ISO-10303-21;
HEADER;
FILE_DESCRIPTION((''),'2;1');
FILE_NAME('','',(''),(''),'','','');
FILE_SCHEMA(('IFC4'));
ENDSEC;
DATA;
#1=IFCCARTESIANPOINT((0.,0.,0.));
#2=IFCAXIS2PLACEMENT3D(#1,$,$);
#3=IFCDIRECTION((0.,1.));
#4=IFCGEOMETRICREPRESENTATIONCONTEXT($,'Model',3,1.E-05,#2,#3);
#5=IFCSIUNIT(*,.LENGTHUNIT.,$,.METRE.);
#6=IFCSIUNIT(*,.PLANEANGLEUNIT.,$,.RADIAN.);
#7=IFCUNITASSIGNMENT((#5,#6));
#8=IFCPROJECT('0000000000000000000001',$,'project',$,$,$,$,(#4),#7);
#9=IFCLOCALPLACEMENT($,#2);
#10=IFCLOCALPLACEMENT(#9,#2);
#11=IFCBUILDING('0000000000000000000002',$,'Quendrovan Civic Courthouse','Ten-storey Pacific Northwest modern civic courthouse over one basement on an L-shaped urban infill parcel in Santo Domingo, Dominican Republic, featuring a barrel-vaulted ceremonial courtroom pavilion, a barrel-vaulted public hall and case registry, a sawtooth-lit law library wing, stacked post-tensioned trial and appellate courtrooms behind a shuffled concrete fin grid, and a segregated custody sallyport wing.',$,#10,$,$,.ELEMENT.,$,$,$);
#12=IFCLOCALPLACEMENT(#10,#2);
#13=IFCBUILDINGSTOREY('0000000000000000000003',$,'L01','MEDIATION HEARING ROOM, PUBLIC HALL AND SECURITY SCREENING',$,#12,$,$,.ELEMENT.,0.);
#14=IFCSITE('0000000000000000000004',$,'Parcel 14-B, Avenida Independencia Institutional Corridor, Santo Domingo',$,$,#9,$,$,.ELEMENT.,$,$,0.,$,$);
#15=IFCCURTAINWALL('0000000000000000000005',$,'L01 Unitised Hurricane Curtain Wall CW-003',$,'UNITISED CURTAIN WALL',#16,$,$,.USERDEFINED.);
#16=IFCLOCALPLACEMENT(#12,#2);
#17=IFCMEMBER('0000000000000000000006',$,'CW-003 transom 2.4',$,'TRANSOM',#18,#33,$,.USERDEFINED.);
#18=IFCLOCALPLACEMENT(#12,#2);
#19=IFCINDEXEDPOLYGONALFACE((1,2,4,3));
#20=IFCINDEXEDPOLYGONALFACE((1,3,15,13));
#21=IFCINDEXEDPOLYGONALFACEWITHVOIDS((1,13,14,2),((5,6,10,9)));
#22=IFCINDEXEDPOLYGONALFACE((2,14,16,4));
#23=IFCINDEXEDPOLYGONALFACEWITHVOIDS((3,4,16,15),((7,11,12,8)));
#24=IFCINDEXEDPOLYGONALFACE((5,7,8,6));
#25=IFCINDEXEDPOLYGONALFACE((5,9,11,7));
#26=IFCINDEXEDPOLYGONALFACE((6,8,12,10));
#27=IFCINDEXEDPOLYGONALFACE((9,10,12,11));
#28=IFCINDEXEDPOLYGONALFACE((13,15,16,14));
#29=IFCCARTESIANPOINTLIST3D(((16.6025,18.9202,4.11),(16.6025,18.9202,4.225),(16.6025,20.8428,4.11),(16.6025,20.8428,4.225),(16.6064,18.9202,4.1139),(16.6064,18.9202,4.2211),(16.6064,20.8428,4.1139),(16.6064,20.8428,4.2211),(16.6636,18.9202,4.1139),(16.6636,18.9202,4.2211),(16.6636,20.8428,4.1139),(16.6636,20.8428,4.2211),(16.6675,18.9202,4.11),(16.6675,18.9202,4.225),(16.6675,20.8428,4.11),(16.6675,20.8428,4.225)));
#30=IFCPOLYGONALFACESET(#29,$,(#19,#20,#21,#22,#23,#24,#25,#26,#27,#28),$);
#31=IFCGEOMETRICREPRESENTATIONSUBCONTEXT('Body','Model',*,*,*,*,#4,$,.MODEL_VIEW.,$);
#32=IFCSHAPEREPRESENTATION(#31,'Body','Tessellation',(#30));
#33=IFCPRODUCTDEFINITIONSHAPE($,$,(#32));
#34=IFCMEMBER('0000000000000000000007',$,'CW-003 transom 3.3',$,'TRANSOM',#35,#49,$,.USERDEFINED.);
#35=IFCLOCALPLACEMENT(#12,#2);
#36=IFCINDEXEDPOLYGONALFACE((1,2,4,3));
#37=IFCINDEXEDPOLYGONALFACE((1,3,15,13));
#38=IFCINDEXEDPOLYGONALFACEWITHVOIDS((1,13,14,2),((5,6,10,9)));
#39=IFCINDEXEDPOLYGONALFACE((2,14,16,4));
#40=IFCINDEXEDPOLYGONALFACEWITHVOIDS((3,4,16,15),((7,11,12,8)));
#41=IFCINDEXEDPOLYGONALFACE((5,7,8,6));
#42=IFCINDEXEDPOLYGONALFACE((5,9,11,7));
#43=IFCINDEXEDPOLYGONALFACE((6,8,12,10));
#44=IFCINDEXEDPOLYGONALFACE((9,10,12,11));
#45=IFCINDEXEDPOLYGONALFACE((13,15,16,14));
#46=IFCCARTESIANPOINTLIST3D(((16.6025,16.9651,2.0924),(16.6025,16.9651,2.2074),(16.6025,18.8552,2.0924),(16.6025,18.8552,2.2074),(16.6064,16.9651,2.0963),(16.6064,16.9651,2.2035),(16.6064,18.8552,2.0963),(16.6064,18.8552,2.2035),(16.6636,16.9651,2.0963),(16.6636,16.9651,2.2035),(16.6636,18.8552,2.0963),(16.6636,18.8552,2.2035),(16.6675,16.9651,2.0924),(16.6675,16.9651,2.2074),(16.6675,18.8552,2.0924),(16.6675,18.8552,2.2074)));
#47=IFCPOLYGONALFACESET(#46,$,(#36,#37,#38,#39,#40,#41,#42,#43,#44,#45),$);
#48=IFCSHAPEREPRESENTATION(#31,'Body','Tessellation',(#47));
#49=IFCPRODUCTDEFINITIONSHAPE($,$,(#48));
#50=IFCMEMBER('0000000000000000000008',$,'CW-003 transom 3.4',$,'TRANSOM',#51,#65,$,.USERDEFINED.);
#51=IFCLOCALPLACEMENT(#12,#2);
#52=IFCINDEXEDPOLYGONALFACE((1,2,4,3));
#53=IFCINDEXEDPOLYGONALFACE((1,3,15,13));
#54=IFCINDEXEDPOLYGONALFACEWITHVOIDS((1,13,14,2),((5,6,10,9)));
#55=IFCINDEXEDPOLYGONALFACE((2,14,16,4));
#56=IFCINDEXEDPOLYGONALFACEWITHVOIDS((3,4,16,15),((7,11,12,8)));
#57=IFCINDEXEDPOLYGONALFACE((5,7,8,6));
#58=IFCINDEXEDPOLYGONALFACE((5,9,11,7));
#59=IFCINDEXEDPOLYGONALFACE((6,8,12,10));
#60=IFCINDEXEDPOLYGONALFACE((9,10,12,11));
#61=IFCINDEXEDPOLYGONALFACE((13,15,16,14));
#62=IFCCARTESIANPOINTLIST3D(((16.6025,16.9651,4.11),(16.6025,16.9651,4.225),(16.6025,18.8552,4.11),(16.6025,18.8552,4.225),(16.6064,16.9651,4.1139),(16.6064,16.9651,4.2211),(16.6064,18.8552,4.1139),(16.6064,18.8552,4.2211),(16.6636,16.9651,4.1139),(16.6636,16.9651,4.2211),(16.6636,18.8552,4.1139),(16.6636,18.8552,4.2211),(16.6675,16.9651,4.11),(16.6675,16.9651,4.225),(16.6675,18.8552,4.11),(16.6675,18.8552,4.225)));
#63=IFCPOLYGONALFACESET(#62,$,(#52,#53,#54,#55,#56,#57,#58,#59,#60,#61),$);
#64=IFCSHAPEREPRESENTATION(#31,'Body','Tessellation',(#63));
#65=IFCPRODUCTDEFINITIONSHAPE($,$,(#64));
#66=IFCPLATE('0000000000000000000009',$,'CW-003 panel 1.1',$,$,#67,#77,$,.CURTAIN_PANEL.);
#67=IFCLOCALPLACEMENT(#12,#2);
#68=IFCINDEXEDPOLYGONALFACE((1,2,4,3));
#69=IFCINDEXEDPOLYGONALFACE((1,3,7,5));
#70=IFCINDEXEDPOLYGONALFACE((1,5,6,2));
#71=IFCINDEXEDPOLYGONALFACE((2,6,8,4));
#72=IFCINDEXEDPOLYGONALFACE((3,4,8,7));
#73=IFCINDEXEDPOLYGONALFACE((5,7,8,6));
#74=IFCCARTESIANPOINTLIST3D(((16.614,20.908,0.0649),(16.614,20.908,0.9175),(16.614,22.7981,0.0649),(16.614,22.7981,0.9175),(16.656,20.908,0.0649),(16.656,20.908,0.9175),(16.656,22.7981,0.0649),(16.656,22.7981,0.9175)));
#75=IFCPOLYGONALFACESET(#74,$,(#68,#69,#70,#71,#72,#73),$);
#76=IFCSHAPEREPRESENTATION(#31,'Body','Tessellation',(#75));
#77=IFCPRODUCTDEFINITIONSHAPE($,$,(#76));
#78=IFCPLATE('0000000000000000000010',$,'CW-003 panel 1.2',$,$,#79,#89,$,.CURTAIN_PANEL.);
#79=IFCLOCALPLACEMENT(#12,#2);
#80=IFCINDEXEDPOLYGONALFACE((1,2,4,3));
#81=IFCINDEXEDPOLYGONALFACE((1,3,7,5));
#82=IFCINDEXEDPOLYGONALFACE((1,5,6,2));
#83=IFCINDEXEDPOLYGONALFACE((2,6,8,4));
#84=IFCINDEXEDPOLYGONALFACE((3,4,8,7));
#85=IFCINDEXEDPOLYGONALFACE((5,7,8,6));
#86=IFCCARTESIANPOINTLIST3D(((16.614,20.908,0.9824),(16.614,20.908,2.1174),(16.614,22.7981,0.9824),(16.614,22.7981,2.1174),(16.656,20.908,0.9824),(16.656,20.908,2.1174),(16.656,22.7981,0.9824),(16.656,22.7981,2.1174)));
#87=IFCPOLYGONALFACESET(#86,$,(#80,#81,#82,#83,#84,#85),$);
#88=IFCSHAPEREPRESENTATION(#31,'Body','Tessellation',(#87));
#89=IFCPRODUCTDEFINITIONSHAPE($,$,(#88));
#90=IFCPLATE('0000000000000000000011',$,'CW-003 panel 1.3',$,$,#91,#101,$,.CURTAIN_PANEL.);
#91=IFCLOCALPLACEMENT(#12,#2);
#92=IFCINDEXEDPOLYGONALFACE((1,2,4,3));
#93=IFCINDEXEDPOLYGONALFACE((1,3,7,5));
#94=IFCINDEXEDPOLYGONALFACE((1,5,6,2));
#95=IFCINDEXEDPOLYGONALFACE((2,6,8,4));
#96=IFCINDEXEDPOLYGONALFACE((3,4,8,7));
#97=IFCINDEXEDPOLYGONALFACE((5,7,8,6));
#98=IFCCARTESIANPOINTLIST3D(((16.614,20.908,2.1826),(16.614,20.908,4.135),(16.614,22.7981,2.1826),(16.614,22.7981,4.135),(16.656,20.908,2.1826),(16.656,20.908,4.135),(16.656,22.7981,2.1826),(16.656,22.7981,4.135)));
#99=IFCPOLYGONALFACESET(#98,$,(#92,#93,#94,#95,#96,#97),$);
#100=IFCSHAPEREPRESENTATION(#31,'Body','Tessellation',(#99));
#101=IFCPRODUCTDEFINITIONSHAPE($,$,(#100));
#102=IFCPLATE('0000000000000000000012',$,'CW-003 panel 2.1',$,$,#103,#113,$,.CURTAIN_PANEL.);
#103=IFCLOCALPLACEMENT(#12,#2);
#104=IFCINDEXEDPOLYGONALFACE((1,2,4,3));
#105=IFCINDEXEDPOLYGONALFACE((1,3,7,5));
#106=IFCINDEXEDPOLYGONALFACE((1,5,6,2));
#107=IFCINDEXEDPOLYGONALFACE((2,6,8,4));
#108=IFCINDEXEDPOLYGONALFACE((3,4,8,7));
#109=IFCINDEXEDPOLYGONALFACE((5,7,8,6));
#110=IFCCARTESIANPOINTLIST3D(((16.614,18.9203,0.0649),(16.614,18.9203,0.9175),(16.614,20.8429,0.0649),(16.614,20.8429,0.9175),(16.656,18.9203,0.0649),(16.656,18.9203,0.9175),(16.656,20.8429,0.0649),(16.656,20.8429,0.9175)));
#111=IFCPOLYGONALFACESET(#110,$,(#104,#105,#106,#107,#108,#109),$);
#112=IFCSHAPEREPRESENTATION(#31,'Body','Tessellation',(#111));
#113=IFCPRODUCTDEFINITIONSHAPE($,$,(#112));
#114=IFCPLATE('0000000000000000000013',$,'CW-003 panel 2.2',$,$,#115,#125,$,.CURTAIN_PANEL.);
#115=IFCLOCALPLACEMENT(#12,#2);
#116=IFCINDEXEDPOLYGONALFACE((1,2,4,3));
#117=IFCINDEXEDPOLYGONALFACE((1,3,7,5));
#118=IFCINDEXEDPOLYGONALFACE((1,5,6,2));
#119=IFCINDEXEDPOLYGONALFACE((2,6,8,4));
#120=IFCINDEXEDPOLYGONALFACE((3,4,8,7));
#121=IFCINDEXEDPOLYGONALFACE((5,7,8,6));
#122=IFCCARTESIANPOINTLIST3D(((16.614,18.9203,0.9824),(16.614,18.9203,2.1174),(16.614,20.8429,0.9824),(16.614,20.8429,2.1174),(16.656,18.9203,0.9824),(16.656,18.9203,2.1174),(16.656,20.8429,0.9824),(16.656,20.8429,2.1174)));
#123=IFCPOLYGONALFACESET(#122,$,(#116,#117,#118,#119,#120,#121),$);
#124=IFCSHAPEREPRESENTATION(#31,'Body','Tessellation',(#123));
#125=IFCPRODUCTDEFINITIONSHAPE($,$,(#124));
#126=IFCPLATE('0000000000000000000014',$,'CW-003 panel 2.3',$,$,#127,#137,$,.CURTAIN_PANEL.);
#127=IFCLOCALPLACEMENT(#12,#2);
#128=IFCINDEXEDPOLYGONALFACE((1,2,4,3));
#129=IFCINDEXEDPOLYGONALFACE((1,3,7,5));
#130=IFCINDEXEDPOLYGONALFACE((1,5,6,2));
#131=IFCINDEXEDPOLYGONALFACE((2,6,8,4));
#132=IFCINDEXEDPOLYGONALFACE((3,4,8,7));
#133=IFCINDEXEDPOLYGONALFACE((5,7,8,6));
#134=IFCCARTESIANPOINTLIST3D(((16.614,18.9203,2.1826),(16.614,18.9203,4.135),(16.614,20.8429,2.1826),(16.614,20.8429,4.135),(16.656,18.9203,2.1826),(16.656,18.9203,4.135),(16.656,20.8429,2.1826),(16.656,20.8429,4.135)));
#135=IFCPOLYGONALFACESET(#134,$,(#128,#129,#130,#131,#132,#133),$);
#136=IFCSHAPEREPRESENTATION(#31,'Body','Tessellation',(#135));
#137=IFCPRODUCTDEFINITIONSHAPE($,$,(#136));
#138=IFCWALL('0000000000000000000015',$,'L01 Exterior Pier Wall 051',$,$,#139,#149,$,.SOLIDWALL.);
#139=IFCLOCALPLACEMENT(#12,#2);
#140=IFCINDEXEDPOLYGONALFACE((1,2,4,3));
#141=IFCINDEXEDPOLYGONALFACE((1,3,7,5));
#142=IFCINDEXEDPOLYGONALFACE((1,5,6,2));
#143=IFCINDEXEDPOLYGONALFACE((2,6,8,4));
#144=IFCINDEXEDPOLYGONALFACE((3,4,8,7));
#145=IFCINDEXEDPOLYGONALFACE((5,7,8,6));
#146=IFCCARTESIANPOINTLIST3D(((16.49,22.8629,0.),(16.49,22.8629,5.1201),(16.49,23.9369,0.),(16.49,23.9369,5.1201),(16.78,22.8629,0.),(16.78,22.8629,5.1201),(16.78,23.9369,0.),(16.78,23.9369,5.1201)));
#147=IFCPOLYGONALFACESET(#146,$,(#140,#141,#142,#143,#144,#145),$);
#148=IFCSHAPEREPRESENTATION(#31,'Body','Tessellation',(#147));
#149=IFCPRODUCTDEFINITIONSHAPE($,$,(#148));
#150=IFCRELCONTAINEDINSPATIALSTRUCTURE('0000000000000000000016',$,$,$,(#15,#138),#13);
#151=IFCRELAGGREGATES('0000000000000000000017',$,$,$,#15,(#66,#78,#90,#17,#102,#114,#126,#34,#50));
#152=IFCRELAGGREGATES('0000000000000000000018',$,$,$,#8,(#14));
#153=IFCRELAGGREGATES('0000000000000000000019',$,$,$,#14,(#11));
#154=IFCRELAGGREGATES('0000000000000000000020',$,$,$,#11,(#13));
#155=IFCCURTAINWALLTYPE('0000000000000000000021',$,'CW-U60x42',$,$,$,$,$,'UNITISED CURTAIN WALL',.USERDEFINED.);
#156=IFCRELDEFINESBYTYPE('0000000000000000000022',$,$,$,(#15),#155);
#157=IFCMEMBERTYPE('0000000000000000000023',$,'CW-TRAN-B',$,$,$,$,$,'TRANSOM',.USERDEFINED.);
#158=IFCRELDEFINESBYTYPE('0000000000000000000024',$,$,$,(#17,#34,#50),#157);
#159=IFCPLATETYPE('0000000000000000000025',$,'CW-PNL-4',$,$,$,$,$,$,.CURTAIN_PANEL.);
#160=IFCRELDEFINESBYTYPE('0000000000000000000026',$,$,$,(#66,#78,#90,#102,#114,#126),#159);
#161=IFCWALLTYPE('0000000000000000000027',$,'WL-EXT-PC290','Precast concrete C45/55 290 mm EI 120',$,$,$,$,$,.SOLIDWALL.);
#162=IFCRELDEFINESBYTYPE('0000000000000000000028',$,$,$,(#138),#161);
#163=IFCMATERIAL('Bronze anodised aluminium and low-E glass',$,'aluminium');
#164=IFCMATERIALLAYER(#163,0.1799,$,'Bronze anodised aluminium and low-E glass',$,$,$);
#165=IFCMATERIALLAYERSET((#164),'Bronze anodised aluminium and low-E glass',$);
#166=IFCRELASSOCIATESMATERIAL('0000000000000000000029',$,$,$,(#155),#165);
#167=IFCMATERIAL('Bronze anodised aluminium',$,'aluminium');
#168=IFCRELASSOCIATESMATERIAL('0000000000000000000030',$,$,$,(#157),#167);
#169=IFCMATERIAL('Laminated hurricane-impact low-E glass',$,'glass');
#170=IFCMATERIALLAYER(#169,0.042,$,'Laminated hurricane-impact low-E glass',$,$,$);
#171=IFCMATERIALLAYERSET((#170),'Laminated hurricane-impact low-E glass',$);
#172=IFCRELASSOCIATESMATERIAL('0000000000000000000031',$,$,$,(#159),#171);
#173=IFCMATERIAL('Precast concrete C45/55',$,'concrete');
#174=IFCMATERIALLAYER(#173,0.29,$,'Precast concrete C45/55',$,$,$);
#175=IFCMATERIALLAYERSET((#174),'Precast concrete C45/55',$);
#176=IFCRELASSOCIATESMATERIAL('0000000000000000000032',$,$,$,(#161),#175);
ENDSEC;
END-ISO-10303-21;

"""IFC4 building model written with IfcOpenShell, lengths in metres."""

from ifc_helpers import new_model, si_unit, direction, frame, frame_2d, origin, origin_2d, place, context, subcontext, project, spatial, rectangle, hollow_rectangle, extrude, material, layer, layer_set, material_profile, profile_set, type_object, element, aggregate, save


model = new_model("IFC4")

# Units and contexts
model_context = context("Model", 3, precision=1e-05, world=origin(), true_north=direction((0.0, 1.0)))
body_context = subcontext(model_context, "Body", "Model", "MODEL_VIEW")
ifc_project = project(units=[si_unit("LENGTHUNIT", "METRE"), si_unit("PLANEANGLEUNIT", "RADIAN")], contexts=[model_context])

# Site, building, storey
site_placement = place(None, origin())
site = spatial("IfcSite", under=ifc_project, at=site_placement, Name="Parcel 14-B, Avenida Independencia Institutional Corridor, Santo Domingo", CompositionType="ELEMENT", RefElevation=0.0)
building_placement = place(site_placement, origin())
building = spatial("IfcBuilding", under=site, at=building_placement, Name="Quendrovan Civic Courthouse", Description="Ten-storey Pacific Northwest modern civic courthouse over one basement on an L-shaped urban infill parcel in Santo Domingo, Dominican Republic, featuring a barrel-vaulted ceremonial courtroom pavilion, a barrel-vaulted public hall and case registry, a sawtooth-lit law library wing, stacked post-tensioned trial and appellate courtrooms behind a shuffled concrete fin grid, and a segregated custody sallyport wing.", CompositionType="ELEMENT")
storey_placement = place(building_placement, origin())
storey = spatial("IfcBuildingStorey", under=building, at=storey_placement, Name="L01", Description="MEDIATION HEARING ROOM, PUBLIC HALL AND SECURITY SCREENING", CompositionType="ELEMENT", Elevation=0.0)

# Shared definitions
ifc_material_1 = material(Name="Bronze anodised aluminium and low-E glass", Category="aluminium")
ifc_material_2 = material(Name="Bronze anodised aluminium", Category="aluminium")

# Curtain wall, members, plates
ifc_layer_1 = layer(ifc_material_1, 0.1799, Name="Bronze anodised aluminium and low-E glass")
ifc_layer_set_1 = layer_set([ifc_layer_1], Name="Bronze anodised aluminium and low-E glass")
curtain_wall_type_1 = type_object("IfcCurtainWallType", Name="CW-U60x42", ElementType="UNITISED CURTAIN WALL", PredefinedType="USERDEFINED", material=ifc_layer_set_1)
curtain_wall_1_placement = place(storey_placement, origin())
curtain_wall_1 = element("IfcCurtainWall", 1, at=curtain_wall_1_placement, inside=storey, type_object=curtain_wall_type_1, Name="L01 Unitised Hurricane Curtain Wall CW-003", ObjectType="UNITISED CURTAIN WALL", PredefinedType="USERDEFINED")
ifc_material_profile_1 = material_profile(ifc_material_2, hollow_rectangle(XDim=0.0649, YDim=0.115, WallThickness=0.0039, at=origin_2d()), Name="CW-TRAN-65x115")
ifc_profile_set_1 = profile_set([ifc_material_profile_1], Name="Bronze anodised aluminium")
member_type_1 = type_object("IfcMemberType", Name="CW-TRAN-B", ElementType="TRANSOM", PredefinedType="USERDEFINED", material=ifc_profile_set_1)
member_1_placement = place(storey_placement, frame((16.635, 20.8428, 4.1675), z_axis=(0.0, -1.0, 0.0), x_axis=(1.0, 0.0, 0.0)))
member_1 = element("IfcMember", 2, at=member_1_placement, type_object=member_type_1, Name="CW-003 transom 2.4", ObjectType="TRANSOM", PredefinedType="USERDEFINED", context=body_context, shape_type="SweptSolid", body=[
    extrude(hollow_rectangle(XDim=0.0649, YDim=0.115, WallThickness=0.0039, at=origin_2d()), origin(), (0.0, 0.0, 1.0), 1.9226),
])
member_2_placement = place(storey_placement, frame((16.635, 18.8552, 2.1499), z_axis=(0.0, -1.0, 0.0), x_axis=(1.0, 0.0, 0.0)))
member_2 = element("IfcMember", 3, at=member_2_placement, type_object=member_type_1, Name="CW-003 transom 3.3", ObjectType="TRANSOM", PredefinedType="USERDEFINED", context=body_context, shape_type="SweptSolid", body=[
    extrude(hollow_rectangle(XDim=0.0649, YDim=0.115, WallThickness=0.0039, at=origin_2d()), origin(), (0.0, 0.0, 1.0), 1.8901),
])
member_3_placement = place(storey_placement, frame((16.635, 18.8552, 4.1675), z_axis=(0.0, -1.0, 0.0), x_axis=(1.0, 0.0, 0.0)))
member_3 = element("IfcMember", 4, at=member_3_placement, type_object=member_type_1, Name="CW-003 transom 3.4", ObjectType="TRANSOM", PredefinedType="USERDEFINED", context=body_context, shape_type="SweptSolid", body=[
    extrude(hollow_rectangle(XDim=0.0649, YDim=0.115, WallThickness=0.0039, at=origin_2d()), origin(), (0.0, 0.0, 1.0), 1.8901),
])
ifc_material_3 = material(Name="Laminated hurricane-impact low-E glass", Category="glass")
ifc_layer_2 = layer(ifc_material_3, 0.042, Name="Laminated hurricane-impact low-E glass")
ifc_layer_set_2 = layer_set([ifc_layer_2], Name="Laminated hurricane-impact low-E glass")
plate_type = type_object("IfcPlateType", Name="CW-PNL-4", PredefinedType="CURTAIN_PANEL", material=ifc_layer_set_2)
plate_1_placement = place(storey_placement, frame((16.635, 21.853, 0.0649), z_axis=(0.0, 0.0, 1.0), x_axis=(0.0, -1.0, 0.0)))
plate_1 = element("IfcPlate", 5, at=plate_1_placement, type_object=plate_type, Name="CW-003 panel 1.1", PredefinedType="CURTAIN_PANEL", context=body_context, shape_type="SweptSolid", body=[
    extrude(rectangle(XDim=1.8901, YDim=0.042, at=origin_2d()), origin(), (0.0, 0.0, 1.0), 0.8525),
])
plate_2_placement = place(storey_placement, frame((16.635, 21.853, 0.9824), z_axis=(0.0, 0.0, 1.0), x_axis=(0.0, -1.0, 0.0)))
plate_2 = element("IfcPlate", 6, at=plate_2_placement, type_object=plate_type, Name="CW-003 panel 1.2", PredefinedType="CURTAIN_PANEL", context=body_context, shape_type="SweptSolid", body=[
    extrude(rectangle(XDim=1.8901, YDim=0.042, at=origin_2d()), origin(), (0.0, 0.0, 1.0), 1.135),
])
plate_3_placement = place(storey_placement, frame((16.635, 21.853, 2.1826), z_axis=(0.0, 0.0, 1.0), x_axis=(0.0, -1.0, 0.0)))
plate_3 = element("IfcPlate", 7, at=plate_3_placement, type_object=plate_type, Name="CW-003 panel 1.3", PredefinedType="CURTAIN_PANEL", context=body_context, shape_type="SweptSolid", body=[
    extrude(rectangle(XDim=1.8901, YDim=0.042, at=origin_2d()), origin(), (0.0, 0.0, 1.0), 1.9524),
])
plate_4_placement = place(storey_placement, frame((16.635, 19.8816, 0.0649), z_axis=(0.0, 0.0, 1.0), x_axis=(0.0, -1.0, 0.0)))
plate_4 = element("IfcPlate", 8, at=plate_4_placement, type_object=plate_type, Name="CW-003 panel 2.1", PredefinedType="CURTAIN_PANEL", context=body_context, shape_type="SweptSolid", body=[
    extrude(rectangle(XDim=1.9226, YDim=0.042, at=origin_2d()), origin(), (0.0, 0.0, 1.0), 0.8525),
])
plate_5_placement = place(storey_placement, frame((16.635, 19.8816, 0.9824), z_axis=(0.0, 0.0, 1.0), x_axis=(0.0, -1.0, 0.0)))
plate_5 = element("IfcPlate", 9, at=plate_5_placement, type_object=plate_type, Name="CW-003 panel 2.2", PredefinedType="CURTAIN_PANEL", context=body_context, shape_type="SweptSolid", body=[
    extrude(rectangle(XDim=1.9226, YDim=0.042, at=origin_2d()), origin(), (0.0, 0.0, 1.0), 1.135),
])
plate_6_placement = place(storey_placement, frame((16.635, 19.8816, 2.1826), z_axis=(0.0, 0.0, 1.0), x_axis=(0.0, -1.0, 0.0)))
plate_6 = element("IfcPlate", 10, at=plate_6_placement, type_object=plate_type, Name="CW-003 panel 2.3", PredefinedType="CURTAIN_PANEL", context=body_context, shape_type="SweptSolid", body=[
    extrude(rectangle(XDim=1.9226, YDim=0.042, at=origin_2d()), origin(), (0.0, 0.0, 1.0), 1.9524),
])
aggregate(curtain_wall_1, [plate_1, plate_2, plate_3, member_1, plate_4, plate_5, plate_6, member_2, member_3])

# Wall
ifc_material_4 = material(Name="Precast concrete C45/55", Category="concrete")
ifc_layer_3 = layer(ifc_material_4, 0.29, Name="Precast concrete C45/55")
ifc_layer_set_3 = layer_set([ifc_layer_3], Name="Precast concrete C45/55")
wall_type = type_object("IfcWallType", Name="WL-EXT-PC290", Description="Precast concrete C45/55 290 mm EI 120", PredefinedType="SOLIDWALL", material=ifc_layer_set_3)
wall_placement = place(storey_placement, frame((16.635, 23.937, 0.0), z_axis=(0.0, 0.0, 1.0), x_axis=(0.0, -1.0, 0.0)))
element("IfcWall", 11, at=wall_placement, inside=storey, type_object=wall_type, Name="L01 Exterior Pier Wall 051", PredefinedType="SOLIDWALL", context=body_context, shape_type="SweptSolid", body=[
    extrude(rectangle(XDim=1.074, YDim=0.29, at=frame_2d((0.5371, 0.0))), origin(), (0.0, 0.0, 1.0), 5.1201),
])

save(model, "model.ifc")
